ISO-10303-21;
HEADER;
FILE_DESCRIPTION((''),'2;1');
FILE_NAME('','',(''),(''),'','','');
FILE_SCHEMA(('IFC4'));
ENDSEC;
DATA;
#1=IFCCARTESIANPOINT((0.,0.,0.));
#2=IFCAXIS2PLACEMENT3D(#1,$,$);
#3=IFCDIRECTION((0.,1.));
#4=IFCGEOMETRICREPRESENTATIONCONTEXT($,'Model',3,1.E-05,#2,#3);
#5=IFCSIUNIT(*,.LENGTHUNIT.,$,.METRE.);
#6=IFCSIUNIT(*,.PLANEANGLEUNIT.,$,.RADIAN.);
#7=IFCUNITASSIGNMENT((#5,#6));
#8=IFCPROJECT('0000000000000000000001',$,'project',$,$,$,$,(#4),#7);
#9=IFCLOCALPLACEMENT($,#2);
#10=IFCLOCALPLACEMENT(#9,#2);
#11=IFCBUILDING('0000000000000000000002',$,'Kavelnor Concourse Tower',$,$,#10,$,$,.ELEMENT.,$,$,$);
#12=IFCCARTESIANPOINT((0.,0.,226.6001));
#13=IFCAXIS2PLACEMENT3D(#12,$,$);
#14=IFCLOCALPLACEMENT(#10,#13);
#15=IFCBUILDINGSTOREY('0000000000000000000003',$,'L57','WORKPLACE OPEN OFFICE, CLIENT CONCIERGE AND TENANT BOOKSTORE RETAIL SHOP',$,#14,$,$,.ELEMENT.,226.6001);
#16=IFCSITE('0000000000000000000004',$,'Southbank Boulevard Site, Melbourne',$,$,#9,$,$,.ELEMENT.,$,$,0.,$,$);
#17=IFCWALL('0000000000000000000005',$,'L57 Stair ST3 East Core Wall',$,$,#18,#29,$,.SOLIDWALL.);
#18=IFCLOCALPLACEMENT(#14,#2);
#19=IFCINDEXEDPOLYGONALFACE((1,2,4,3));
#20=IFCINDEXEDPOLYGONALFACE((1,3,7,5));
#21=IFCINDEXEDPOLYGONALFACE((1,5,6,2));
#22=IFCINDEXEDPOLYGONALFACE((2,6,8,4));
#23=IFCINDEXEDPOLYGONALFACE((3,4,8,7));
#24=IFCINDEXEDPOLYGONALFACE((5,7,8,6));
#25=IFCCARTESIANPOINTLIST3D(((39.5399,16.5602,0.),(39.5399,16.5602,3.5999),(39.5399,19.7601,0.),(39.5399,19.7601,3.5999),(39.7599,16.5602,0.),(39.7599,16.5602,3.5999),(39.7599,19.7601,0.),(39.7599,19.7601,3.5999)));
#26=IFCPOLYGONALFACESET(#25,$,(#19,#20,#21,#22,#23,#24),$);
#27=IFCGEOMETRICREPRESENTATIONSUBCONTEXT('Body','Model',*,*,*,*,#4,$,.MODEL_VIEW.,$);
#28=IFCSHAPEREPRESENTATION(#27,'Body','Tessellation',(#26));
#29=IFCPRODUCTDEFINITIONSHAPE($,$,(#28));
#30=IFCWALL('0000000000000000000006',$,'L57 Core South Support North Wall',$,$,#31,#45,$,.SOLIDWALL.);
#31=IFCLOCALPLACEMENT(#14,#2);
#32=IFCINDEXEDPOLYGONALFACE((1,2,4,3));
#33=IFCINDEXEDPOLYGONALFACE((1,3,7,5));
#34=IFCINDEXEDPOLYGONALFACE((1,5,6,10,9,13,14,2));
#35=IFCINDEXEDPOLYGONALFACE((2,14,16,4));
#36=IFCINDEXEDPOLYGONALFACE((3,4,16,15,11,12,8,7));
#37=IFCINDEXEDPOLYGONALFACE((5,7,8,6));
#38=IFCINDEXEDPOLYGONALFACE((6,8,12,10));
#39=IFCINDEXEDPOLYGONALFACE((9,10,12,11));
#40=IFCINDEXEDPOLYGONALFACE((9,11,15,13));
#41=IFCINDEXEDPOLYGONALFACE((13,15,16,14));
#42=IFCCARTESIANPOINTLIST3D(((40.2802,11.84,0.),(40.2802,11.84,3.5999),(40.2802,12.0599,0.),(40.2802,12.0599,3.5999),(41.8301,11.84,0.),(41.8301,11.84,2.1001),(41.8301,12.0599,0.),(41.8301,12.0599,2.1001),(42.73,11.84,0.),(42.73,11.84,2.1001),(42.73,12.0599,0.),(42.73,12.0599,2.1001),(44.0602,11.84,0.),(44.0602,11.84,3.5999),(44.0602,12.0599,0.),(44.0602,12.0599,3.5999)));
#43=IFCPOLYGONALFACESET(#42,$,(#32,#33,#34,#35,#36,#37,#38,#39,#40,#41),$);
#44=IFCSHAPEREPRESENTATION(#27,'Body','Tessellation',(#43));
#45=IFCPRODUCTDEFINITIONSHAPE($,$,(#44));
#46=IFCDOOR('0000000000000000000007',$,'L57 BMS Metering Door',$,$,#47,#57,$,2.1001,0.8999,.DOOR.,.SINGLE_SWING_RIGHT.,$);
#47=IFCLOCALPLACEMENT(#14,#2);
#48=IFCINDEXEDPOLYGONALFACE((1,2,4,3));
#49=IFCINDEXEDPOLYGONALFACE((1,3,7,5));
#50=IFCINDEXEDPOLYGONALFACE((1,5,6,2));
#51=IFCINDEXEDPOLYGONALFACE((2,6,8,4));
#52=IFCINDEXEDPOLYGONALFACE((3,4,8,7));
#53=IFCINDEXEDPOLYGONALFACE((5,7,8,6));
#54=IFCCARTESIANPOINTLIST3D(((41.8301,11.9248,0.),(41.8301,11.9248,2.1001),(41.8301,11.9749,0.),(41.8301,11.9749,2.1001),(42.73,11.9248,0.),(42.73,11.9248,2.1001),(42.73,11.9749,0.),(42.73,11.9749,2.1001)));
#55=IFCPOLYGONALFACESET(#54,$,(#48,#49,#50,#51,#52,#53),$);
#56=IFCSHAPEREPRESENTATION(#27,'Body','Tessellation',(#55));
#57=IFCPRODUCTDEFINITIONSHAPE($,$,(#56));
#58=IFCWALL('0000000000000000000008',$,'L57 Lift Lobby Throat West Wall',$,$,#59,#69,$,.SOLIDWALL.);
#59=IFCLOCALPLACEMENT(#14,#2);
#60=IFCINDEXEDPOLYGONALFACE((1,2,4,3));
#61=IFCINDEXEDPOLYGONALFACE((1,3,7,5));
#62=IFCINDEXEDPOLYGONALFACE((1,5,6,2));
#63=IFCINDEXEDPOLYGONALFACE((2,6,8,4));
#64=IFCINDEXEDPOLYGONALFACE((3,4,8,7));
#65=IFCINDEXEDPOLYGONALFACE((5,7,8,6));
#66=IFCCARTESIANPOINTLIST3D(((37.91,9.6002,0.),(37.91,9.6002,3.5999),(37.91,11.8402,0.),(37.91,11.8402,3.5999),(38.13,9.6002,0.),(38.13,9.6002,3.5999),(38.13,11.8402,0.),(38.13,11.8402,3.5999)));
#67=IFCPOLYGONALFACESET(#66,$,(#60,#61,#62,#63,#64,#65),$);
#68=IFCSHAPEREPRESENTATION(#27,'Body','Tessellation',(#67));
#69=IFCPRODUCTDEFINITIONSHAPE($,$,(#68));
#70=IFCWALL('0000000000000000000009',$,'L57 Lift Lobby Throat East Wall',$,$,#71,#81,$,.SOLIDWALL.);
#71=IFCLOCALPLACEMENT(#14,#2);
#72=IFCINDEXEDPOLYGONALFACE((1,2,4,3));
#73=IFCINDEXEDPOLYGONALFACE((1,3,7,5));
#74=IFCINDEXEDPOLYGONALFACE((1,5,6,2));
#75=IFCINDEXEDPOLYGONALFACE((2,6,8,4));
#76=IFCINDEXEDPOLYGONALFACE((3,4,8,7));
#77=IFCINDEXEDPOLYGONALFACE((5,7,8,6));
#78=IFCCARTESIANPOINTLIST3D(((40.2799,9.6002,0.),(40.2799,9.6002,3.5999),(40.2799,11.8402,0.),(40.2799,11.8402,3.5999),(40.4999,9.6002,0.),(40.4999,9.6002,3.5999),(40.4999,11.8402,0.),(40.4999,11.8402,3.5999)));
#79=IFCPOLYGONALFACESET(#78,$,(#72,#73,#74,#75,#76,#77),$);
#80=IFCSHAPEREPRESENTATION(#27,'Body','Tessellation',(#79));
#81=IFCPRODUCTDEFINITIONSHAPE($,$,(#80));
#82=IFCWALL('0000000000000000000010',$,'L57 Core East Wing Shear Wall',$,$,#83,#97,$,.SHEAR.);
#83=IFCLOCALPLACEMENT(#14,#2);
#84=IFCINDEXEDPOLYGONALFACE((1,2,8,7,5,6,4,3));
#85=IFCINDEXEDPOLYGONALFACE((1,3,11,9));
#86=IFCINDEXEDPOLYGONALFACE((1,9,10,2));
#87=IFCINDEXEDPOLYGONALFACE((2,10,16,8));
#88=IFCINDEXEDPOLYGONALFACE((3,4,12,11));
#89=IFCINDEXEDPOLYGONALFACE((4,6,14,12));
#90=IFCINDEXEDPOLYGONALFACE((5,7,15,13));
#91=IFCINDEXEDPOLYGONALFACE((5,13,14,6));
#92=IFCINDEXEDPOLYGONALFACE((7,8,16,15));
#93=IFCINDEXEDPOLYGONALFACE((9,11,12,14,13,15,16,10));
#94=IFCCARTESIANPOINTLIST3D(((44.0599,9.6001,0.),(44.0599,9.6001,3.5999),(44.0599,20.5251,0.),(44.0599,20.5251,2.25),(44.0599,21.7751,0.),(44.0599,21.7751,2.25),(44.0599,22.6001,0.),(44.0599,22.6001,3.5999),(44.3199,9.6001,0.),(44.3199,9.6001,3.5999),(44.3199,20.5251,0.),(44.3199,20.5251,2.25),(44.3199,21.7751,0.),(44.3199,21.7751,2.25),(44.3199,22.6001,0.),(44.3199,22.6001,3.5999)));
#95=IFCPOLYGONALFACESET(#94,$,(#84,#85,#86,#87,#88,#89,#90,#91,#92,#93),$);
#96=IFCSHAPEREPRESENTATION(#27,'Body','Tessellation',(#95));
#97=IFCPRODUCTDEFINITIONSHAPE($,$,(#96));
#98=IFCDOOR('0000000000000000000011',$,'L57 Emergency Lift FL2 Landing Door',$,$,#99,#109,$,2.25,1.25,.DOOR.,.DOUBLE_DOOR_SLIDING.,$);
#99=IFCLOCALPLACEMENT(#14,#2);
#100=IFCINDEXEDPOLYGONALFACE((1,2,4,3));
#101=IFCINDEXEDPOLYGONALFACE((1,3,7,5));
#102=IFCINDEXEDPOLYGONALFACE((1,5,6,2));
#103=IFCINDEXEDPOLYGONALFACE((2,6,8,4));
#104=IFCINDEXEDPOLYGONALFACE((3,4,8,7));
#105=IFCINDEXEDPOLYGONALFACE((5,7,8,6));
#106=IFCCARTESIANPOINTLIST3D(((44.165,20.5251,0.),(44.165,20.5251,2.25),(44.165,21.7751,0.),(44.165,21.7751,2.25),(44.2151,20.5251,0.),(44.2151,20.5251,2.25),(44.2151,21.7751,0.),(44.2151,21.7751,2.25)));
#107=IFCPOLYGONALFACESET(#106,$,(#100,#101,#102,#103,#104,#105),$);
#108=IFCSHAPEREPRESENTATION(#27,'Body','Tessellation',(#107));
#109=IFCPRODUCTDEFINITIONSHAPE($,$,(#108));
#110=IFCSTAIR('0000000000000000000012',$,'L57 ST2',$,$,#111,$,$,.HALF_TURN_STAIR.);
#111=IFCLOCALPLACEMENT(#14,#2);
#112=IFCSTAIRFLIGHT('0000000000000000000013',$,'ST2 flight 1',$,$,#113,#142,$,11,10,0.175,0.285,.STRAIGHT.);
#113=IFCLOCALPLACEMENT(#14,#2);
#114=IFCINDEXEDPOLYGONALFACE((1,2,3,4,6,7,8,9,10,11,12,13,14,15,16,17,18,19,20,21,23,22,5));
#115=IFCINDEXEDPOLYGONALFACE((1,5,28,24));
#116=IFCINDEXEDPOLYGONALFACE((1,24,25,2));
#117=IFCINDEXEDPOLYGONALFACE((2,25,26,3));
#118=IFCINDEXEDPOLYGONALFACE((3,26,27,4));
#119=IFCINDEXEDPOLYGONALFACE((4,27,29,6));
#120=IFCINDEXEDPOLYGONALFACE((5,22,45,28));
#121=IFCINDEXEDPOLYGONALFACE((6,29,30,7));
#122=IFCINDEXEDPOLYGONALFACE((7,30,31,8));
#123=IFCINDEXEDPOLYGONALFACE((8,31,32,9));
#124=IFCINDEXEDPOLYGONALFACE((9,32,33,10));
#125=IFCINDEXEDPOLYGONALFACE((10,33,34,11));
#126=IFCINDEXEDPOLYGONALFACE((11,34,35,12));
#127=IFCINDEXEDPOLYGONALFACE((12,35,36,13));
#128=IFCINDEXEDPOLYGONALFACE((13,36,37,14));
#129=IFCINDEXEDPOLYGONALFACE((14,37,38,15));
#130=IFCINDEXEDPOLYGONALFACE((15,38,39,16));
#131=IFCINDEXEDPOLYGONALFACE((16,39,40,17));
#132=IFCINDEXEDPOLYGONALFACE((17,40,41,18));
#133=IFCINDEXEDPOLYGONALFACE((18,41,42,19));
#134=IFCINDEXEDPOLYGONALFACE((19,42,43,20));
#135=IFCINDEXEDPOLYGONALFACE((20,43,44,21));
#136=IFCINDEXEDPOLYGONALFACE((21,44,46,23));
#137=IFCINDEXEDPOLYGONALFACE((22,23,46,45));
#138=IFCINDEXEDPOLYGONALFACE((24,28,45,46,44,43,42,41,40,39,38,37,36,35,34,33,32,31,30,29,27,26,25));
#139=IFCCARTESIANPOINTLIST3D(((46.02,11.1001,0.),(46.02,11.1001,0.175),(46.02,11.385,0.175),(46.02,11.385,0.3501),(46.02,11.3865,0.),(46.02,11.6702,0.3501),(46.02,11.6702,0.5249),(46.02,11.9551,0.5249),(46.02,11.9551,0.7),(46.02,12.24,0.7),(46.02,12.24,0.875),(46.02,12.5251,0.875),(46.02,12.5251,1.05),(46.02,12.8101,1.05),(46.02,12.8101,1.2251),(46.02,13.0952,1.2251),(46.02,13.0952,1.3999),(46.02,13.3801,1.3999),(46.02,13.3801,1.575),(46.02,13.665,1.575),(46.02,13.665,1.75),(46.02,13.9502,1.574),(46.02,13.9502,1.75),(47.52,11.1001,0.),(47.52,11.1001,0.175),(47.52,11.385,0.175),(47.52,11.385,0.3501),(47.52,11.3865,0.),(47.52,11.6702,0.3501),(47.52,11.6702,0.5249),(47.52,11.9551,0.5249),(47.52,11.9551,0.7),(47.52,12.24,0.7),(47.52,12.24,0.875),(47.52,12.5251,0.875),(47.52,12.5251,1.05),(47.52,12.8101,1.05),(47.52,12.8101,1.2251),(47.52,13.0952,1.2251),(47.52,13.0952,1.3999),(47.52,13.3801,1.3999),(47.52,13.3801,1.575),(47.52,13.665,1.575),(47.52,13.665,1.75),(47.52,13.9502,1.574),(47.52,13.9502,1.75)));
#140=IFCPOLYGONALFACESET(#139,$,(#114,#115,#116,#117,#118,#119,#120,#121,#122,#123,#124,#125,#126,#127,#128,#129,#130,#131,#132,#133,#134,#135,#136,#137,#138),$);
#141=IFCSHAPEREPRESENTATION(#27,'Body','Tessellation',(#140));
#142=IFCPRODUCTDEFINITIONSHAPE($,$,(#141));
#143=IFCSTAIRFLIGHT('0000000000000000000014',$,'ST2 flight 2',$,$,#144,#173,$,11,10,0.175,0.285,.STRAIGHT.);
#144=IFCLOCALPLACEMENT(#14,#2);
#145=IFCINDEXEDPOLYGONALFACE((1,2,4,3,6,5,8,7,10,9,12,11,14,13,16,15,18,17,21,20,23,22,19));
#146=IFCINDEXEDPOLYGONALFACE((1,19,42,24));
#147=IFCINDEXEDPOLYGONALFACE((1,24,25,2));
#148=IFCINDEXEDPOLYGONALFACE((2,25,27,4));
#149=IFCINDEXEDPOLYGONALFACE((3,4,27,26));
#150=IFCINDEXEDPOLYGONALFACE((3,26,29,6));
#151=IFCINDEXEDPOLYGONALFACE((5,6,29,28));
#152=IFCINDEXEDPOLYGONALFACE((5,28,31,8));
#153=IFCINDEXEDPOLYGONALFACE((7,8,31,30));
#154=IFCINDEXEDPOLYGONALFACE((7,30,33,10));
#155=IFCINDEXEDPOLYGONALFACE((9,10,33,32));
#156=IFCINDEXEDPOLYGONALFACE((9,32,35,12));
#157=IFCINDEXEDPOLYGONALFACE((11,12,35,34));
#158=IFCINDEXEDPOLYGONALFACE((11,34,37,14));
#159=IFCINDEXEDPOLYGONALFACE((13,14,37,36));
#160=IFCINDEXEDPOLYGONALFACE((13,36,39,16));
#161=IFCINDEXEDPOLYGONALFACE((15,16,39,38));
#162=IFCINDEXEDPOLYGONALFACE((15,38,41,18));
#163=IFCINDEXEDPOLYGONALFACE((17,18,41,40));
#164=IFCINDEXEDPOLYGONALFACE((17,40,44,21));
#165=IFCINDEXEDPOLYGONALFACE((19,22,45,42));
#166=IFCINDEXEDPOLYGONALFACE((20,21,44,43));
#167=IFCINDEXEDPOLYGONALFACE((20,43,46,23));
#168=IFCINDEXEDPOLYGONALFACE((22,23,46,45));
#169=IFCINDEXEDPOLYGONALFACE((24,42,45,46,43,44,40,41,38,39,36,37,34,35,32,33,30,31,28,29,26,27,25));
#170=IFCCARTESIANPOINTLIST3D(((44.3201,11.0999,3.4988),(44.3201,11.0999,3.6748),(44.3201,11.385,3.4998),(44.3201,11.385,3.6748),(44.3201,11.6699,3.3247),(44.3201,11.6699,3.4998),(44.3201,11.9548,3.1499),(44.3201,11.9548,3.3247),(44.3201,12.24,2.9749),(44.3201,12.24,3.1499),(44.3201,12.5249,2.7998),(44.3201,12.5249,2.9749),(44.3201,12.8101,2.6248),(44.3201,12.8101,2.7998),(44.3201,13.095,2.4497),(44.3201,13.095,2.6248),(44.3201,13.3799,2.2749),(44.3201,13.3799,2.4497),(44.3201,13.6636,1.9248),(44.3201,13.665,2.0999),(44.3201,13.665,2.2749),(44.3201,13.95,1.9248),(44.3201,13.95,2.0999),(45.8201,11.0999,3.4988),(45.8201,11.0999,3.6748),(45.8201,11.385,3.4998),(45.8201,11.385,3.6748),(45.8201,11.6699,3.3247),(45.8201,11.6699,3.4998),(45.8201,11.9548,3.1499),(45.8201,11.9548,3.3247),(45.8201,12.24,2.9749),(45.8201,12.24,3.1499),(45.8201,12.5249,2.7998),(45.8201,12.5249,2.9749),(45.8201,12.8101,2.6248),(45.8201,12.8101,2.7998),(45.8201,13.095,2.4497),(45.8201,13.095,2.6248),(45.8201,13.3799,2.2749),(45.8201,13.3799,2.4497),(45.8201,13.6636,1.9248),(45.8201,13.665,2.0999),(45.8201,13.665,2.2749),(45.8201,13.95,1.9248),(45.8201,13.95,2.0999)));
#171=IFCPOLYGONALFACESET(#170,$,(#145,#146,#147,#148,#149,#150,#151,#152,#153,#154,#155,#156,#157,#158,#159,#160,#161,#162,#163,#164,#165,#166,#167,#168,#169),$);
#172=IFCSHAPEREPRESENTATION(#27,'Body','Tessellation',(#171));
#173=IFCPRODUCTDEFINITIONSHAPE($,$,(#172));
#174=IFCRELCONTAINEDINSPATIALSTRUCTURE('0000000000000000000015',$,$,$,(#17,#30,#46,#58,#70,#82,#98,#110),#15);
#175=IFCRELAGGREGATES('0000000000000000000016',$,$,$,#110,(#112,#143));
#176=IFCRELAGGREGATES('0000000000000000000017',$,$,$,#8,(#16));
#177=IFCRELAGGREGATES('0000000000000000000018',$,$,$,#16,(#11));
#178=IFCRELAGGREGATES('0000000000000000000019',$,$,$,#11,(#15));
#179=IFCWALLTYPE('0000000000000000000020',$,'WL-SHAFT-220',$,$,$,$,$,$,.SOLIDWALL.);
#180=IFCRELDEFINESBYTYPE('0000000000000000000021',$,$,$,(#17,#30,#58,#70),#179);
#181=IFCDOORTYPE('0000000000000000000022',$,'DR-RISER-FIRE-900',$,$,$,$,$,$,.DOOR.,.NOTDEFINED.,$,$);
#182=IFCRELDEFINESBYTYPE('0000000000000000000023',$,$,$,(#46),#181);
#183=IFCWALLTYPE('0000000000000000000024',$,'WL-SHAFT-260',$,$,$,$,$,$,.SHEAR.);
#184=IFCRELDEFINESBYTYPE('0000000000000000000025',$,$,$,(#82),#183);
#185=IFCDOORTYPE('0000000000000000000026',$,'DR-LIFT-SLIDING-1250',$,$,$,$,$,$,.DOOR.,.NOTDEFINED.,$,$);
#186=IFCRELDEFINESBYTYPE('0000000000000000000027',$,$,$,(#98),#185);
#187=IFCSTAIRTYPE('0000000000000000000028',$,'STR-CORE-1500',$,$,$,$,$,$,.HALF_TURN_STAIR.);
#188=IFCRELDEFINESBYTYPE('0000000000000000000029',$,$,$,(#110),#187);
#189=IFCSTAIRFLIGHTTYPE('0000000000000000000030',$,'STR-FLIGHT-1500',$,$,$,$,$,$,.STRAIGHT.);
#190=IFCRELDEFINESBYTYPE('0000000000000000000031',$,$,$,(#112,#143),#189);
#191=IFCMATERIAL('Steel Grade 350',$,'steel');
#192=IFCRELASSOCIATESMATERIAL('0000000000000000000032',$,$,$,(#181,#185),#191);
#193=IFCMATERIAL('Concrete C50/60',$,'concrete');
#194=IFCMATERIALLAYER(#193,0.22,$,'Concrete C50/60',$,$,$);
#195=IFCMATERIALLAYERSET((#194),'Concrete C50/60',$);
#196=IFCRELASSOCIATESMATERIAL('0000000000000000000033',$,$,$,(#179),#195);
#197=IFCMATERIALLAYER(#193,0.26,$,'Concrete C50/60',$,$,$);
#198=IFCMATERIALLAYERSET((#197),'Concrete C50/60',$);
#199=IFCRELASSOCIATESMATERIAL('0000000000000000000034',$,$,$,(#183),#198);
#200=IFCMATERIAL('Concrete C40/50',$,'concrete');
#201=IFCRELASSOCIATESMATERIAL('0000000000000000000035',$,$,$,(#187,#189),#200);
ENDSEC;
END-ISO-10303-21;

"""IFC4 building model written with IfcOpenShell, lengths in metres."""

from ifc_helpers import new_model, si_unit, direction, frame, frame_2d, origin, place, context, subcontext, project, spatial, polyline, rectangle, outline, extrude, material, layer, layer_set, type_object, element, fill, aggregate, save


model = new_model("IFC4")

# Units and contexts
model_context = context("Model", 3, precision=1e-05, world=origin(), true_north=direction((0.0, 1.0)))
body_context = subcontext(model_context, "Body", "Model", "MODEL_VIEW")
ifc_project = project(units=[si_unit("LENGTHUNIT", "METRE"), si_unit("PLANEANGLEUNIT", "RADIAN")], contexts=[model_context])

# Site, building, storey
site_placement = place(None, origin())
site = spatial("IfcSite", under=ifc_project, at=site_placement, Name="Southbank Boulevard Site, Melbourne", CompositionType="ELEMENT", RefElevation=0.0)
building_placement = place(site_placement, origin())
building = spatial("IfcBuilding", under=site, at=building_placement, Name="Kavelnor Concourse Tower", CompositionType="ELEMENT")
storey_placement = place(building_placement, frame((0.0, 0.0, 226.6001)))
storey = spatial("IfcBuildingStorey", under=building, at=storey_placement, Name="L57", Description="WORKPLACE OPEN OFFICE, CLIENT CONCIERGE AND TENANT BOOKSTORE RETAIL SHOP", CompositionType="ELEMENT", Elevation=226.6001)

# Shared definitions
ifc_material_1 = material(Name="Steel Grade 350", Category="steel")

# Shared definitions
ifc_material_2 = material(Name="Concrete C50/60", Category="concrete")
door_type_1 = type_object("IfcDoorType", Name="DR-RISER-FIRE-900", OperationType="NOTDEFINED", PredefinedType="DOOR", material=ifc_material_1)

# Wall
ifc_layer_1 = layer(ifc_material_2, 0.22, Name="Concrete C50/60")
ifc_layer_set_1 = layer_set([ifc_layer_1], Name="Concrete C50/60")
wall_type_1 = type_object("IfcWallType", Name="WL-SHAFT-220", PredefinedType="SOLIDWALL", material=ifc_layer_set_1)
wall_1_placement = place(storey_placement, frame((39.6499, 16.5601, 0.0), z_axis=(0.0, 0.0, 1.0), x_axis=(0.0, 1.0, 0.0)))
element("IfcWall", 1, at=wall_1_placement, inside=storey, type_object=wall_type_1, Name="L57 Stair ST3 East Core Wall", PredefinedType="SOLIDWALL", context=body_context, shape_type="SweptSolid", body=[
    extrude(rectangle(XDim=3.2, YDim=0.22, at=frame_2d((1.6001, 0.0))), origin(), (0.0, 0.0, 1.0), 3.5999),
])

# Wall, opening, door
wall_2_placement = place(storey_placement, frame((40.28, 11.95, 0.0), z_axis=(0.0, 0.0, 1.0), x_axis=(1.0, 0.0, 0.0)))
wall_2 = element("IfcWall", 2, at=wall_2_placement, inside=storey, type_object=wall_type_1, Name="L57 Core South Support North Wall", PredefinedType="SOLIDWALL", context=body_context, shape_type="SweptSolid", body=[
    extrude(rectangle(XDim=3.78, YDim=0.22, at=frame_2d((1.8901, 0.0))), origin(), (0.0, 0.0, 1.0), 3.5999),
])
opening_1_placement = place(wall_2_placement, frame((1.55, 0.0, 0.0)))
opening_1 = element("IfcOpeningElement", 3, at=opening_1_placement, cuts=wall_2, PredefinedType="OPENING", context=body_context, shape_type="SweptSolid", body=[
    extrude(rectangle(XDim=0.8999, YDim=2.1001, at=frame_2d((0.45, 1.05))), frame((0.0, 0.1201, 0.0), z_axis=(0.0, -1.0, 0.0), x_axis=(1.0, 0.0, 0.0)), (0.0, 0.0, 1.0), 0.24),
])
door_1_placement = place(opening_1_placement, origin())
door_1 = element("IfcDoor", 4, at=door_1_placement, inside=storey, type_object=door_type_1, Name="L57 BMS Metering Door", OperationType="SINGLE_SWING_RIGHT", OverallHeight=2.1001, OverallWidth=0.8999, PredefinedType="DOOR", context=body_context, shape_type="SweptSolid", body=[
    extrude(rectangle(XDim=0.8999, YDim=2.1001, at=frame_2d((0.45, 1.05))), frame((0.0, 0.0249, 0.0), z_axis=(0.0, -1.0, 0.0), x_axis=(1.0, 0.0, 0.0)), (0.0, 0.0, 1.0), 0.05),
])
fill(opening_1, door_1)

# Walls
for number, where, z_axis, x_axis, name in (
    (5, (38.02, 9.6001, 0.0), (0.0, 0.0, 1.0), (0.0, 1.0, 0.0), "L57 Lift Lobby Throat West Wall"),
    (6, (40.3899, 9.6001, 0.0), (0.0, 0.0, 1.0), (0.0, 1.0, 0.0), "L57 Lift Lobby Throat East Wall"),
):
    element("IfcWall", number, at=place(storey_placement, frame(where, z_axis=z_axis, x_axis=x_axis)), inside=storey, type_object=wall_type_1, Name=name, PredefinedType="SOLIDWALL", context=body_context, shape_type="SweptSolid", body=[
        extrude(rectangle(XDim=2.24, YDim=0.22, at=frame_2d((1.1201, 0.0))), origin(), (0.0, 0.0, 1.0), 3.5999),
    ])

# Wall, opening, door
ifc_layer_2 = layer(ifc_material_2, 0.26, Name="Concrete C50/60")
ifc_layer_set_2 = layer_set([ifc_layer_2], Name="Concrete C50/60")
wall_type_2 = type_object("IfcWallType", Name="WL-SHAFT-260", PredefinedType="SHEAR", material=ifc_layer_set_2)
wall_3_placement = place(storey_placement, frame((44.1899, 9.6001, 0.0), z_axis=(0.0, 0.0, 1.0), x_axis=(0.0, 1.0, 0.0)))
wall_3 = element("IfcWall", 7, at=wall_3_placement, inside=storey, type_object=wall_type_2, Name="L57 Core East Wing Shear Wall", PredefinedType="SHEAR", context=body_context, shape_type="SweptSolid", body=[
    extrude(rectangle(XDim=13.0, YDim=0.26, at=frame_2d((6.5, 0.0))), origin(), (0.0, 0.0, 1.0), 3.5999),
])
opening_2_placement = place(wall_3_placement, frame((10.925, 0.0, 0.0)))
opening_2 = element("IfcOpeningElement", 8, at=opening_2_placement, cuts=wall_3, PredefinedType="OPENING", context=body_context, shape_type="SweptSolid", body=[
    extrude(rectangle(XDim=1.25, YDim=2.25, at=frame_2d((0.625, 1.125))), frame((0.0, 0.1401, 0.0), z_axis=(0.0, -1.0, 0.0), x_axis=(1.0, 0.0, 0.0)), (0.0, 0.0, 1.0), 0.28),
])
door_type_2 = type_object("IfcDoorType", Name="DR-LIFT-SLIDING-1250", OperationType="NOTDEFINED", PredefinedType="DOOR", material=ifc_material_1)
door_2_placement = place(opening_2_placement, origin())
door_2 = element("IfcDoor", 9, at=door_2_placement, inside=storey, type_object=door_type_2, Name="L57 Emergency Lift FL2 Landing Door", OperationType="DOUBLE_DOOR_SLIDING", OverallHeight=2.25, OverallWidth=1.25, PredefinedType="DOOR", context=body_context, shape_type="SweptSolid", body=[
    extrude(rectangle(XDim=1.25, YDim=2.25, at=frame_2d((0.625, 1.125))), frame((0.0, 0.0249, 0.0), z_axis=(0.0, -1.0, 0.0), x_axis=(1.0, 0.0, 0.0)), (0.0, 0.0, 1.0), 0.05),
])
fill(opening_2, door_2)

# Stair, stair flights
ifc_material_3 = material(Name="Concrete C40/50", Category="concrete")
stair_type = type_object("IfcStairType", Name="STR-CORE-1500", PredefinedType="HALF_TURN_STAIR", material=ifc_material_3)
stair_placement = place(storey_placement, origin())
stair = element("IfcStair", 10, at=stair_placement, inside=storey, type_object=stair_type, Name="L57 ST2", PredefinedType="HALF_TURN_STAIR")
stair_flight_type = type_object("IfcStairFlightType", Name="STR-FLIGHT-1500", PredefinedType="STRAIGHT", material=ifc_material_3)
stair_flight_1_placement = place(storey_placement, frame((46.77, 11.1001, 0.0), z_axis=(0.0, 0.0, 1.0), x_axis=(0.0, 1.0, 0.0)))
stair_flight_1 = element("IfcStairFlight", 11, at=stair_flight_1_placement, type_object=stair_flight_type, Name="ST2 flight 1", NumberOfRisers=11, NumberOfTreads=10, PredefinedType="STRAIGHT", RiserHeight=0.175, TreadLength=0.285, context=body_context, shape_type="SweptSolid", body=[
    extrude(outline(polyline([(0.0, 0.0), (0.0, 0.175), (0.2849, 0.175), (0.2849, 0.3501), (0.5701, 0.3501), (0.5701, 0.5249), (0.855, 0.5249), (0.855, 0.7), (1.1399, 0.7), (1.1399, 0.875), (1.425, 0.875), (1.425, 1.05), (1.71, 1.05), (1.71, 1.2251), (1.9951, 1.2251), (1.9951, 1.3999), (2.28, 1.3999), (2.28, 1.575), (2.5649, 1.575), (2.5649, 1.75), (2.8501, 1.75), (2.8501, 1.925), (2.8501, 1.574), (0.2864, 0.0), (0.0, 0.0)])), frame((0.0, 0.75, 0.0), z_axis=(0.0, -1.0, 0.0), x_axis=(1.0, 0.0, 0.0)), (0.0, 0.0, 1.0), 1.5),
])
stair_flight_2_placement = place(storey_placement, frame((45.0701, 13.95, 1.9248), z_axis=(0.0, 0.0, 1.0), x_axis=(0.0, -1.0, 0.0)))
stair_flight_2 = element("IfcStairFlight", 12, at=stair_flight_2_placement, type_object=stair_flight_type, Name="ST2 flight 2", NumberOfRisers=11, NumberOfTreads=10, PredefinedType="STRAIGHT", RiserHeight=0.175, TreadLength=0.285, context=body_context, shape_type="SweptSolid", body=[
    extrude(outline(polyline([(0.0, 0.0), (0.0, 0.175), (0.2849, 0.175), (0.2849, 0.3501), (0.5701, 0.3501), (0.5701, 0.5249), (0.855, 0.5249), (0.855, 0.7), (1.1399, 0.7), (1.1399, 0.875), (1.425, 0.875), (1.425, 1.05), (1.71, 1.05), (1.71, 1.2251), (1.9951, 1.2251), (1.9951, 1.3999), (2.28, 1.3999), (2.28, 1.575), (2.5649, 1.575), (2.5649, 1.75), (2.8501, 1.75), (2.8501, 1.925), (2.8501, 1.574), (0.2864, 0.0), (0.0, 0.0)])), frame((0.0, 0.75, 0.0), z_axis=(0.0, -1.0, 0.0), x_axis=(1.0, 0.0, 0.0)), (0.0, 0.0, 1.0), 1.5),
])
aggregate(stair, [stair_flight_1, stair_flight_2])

save(model, "model.ifc")
